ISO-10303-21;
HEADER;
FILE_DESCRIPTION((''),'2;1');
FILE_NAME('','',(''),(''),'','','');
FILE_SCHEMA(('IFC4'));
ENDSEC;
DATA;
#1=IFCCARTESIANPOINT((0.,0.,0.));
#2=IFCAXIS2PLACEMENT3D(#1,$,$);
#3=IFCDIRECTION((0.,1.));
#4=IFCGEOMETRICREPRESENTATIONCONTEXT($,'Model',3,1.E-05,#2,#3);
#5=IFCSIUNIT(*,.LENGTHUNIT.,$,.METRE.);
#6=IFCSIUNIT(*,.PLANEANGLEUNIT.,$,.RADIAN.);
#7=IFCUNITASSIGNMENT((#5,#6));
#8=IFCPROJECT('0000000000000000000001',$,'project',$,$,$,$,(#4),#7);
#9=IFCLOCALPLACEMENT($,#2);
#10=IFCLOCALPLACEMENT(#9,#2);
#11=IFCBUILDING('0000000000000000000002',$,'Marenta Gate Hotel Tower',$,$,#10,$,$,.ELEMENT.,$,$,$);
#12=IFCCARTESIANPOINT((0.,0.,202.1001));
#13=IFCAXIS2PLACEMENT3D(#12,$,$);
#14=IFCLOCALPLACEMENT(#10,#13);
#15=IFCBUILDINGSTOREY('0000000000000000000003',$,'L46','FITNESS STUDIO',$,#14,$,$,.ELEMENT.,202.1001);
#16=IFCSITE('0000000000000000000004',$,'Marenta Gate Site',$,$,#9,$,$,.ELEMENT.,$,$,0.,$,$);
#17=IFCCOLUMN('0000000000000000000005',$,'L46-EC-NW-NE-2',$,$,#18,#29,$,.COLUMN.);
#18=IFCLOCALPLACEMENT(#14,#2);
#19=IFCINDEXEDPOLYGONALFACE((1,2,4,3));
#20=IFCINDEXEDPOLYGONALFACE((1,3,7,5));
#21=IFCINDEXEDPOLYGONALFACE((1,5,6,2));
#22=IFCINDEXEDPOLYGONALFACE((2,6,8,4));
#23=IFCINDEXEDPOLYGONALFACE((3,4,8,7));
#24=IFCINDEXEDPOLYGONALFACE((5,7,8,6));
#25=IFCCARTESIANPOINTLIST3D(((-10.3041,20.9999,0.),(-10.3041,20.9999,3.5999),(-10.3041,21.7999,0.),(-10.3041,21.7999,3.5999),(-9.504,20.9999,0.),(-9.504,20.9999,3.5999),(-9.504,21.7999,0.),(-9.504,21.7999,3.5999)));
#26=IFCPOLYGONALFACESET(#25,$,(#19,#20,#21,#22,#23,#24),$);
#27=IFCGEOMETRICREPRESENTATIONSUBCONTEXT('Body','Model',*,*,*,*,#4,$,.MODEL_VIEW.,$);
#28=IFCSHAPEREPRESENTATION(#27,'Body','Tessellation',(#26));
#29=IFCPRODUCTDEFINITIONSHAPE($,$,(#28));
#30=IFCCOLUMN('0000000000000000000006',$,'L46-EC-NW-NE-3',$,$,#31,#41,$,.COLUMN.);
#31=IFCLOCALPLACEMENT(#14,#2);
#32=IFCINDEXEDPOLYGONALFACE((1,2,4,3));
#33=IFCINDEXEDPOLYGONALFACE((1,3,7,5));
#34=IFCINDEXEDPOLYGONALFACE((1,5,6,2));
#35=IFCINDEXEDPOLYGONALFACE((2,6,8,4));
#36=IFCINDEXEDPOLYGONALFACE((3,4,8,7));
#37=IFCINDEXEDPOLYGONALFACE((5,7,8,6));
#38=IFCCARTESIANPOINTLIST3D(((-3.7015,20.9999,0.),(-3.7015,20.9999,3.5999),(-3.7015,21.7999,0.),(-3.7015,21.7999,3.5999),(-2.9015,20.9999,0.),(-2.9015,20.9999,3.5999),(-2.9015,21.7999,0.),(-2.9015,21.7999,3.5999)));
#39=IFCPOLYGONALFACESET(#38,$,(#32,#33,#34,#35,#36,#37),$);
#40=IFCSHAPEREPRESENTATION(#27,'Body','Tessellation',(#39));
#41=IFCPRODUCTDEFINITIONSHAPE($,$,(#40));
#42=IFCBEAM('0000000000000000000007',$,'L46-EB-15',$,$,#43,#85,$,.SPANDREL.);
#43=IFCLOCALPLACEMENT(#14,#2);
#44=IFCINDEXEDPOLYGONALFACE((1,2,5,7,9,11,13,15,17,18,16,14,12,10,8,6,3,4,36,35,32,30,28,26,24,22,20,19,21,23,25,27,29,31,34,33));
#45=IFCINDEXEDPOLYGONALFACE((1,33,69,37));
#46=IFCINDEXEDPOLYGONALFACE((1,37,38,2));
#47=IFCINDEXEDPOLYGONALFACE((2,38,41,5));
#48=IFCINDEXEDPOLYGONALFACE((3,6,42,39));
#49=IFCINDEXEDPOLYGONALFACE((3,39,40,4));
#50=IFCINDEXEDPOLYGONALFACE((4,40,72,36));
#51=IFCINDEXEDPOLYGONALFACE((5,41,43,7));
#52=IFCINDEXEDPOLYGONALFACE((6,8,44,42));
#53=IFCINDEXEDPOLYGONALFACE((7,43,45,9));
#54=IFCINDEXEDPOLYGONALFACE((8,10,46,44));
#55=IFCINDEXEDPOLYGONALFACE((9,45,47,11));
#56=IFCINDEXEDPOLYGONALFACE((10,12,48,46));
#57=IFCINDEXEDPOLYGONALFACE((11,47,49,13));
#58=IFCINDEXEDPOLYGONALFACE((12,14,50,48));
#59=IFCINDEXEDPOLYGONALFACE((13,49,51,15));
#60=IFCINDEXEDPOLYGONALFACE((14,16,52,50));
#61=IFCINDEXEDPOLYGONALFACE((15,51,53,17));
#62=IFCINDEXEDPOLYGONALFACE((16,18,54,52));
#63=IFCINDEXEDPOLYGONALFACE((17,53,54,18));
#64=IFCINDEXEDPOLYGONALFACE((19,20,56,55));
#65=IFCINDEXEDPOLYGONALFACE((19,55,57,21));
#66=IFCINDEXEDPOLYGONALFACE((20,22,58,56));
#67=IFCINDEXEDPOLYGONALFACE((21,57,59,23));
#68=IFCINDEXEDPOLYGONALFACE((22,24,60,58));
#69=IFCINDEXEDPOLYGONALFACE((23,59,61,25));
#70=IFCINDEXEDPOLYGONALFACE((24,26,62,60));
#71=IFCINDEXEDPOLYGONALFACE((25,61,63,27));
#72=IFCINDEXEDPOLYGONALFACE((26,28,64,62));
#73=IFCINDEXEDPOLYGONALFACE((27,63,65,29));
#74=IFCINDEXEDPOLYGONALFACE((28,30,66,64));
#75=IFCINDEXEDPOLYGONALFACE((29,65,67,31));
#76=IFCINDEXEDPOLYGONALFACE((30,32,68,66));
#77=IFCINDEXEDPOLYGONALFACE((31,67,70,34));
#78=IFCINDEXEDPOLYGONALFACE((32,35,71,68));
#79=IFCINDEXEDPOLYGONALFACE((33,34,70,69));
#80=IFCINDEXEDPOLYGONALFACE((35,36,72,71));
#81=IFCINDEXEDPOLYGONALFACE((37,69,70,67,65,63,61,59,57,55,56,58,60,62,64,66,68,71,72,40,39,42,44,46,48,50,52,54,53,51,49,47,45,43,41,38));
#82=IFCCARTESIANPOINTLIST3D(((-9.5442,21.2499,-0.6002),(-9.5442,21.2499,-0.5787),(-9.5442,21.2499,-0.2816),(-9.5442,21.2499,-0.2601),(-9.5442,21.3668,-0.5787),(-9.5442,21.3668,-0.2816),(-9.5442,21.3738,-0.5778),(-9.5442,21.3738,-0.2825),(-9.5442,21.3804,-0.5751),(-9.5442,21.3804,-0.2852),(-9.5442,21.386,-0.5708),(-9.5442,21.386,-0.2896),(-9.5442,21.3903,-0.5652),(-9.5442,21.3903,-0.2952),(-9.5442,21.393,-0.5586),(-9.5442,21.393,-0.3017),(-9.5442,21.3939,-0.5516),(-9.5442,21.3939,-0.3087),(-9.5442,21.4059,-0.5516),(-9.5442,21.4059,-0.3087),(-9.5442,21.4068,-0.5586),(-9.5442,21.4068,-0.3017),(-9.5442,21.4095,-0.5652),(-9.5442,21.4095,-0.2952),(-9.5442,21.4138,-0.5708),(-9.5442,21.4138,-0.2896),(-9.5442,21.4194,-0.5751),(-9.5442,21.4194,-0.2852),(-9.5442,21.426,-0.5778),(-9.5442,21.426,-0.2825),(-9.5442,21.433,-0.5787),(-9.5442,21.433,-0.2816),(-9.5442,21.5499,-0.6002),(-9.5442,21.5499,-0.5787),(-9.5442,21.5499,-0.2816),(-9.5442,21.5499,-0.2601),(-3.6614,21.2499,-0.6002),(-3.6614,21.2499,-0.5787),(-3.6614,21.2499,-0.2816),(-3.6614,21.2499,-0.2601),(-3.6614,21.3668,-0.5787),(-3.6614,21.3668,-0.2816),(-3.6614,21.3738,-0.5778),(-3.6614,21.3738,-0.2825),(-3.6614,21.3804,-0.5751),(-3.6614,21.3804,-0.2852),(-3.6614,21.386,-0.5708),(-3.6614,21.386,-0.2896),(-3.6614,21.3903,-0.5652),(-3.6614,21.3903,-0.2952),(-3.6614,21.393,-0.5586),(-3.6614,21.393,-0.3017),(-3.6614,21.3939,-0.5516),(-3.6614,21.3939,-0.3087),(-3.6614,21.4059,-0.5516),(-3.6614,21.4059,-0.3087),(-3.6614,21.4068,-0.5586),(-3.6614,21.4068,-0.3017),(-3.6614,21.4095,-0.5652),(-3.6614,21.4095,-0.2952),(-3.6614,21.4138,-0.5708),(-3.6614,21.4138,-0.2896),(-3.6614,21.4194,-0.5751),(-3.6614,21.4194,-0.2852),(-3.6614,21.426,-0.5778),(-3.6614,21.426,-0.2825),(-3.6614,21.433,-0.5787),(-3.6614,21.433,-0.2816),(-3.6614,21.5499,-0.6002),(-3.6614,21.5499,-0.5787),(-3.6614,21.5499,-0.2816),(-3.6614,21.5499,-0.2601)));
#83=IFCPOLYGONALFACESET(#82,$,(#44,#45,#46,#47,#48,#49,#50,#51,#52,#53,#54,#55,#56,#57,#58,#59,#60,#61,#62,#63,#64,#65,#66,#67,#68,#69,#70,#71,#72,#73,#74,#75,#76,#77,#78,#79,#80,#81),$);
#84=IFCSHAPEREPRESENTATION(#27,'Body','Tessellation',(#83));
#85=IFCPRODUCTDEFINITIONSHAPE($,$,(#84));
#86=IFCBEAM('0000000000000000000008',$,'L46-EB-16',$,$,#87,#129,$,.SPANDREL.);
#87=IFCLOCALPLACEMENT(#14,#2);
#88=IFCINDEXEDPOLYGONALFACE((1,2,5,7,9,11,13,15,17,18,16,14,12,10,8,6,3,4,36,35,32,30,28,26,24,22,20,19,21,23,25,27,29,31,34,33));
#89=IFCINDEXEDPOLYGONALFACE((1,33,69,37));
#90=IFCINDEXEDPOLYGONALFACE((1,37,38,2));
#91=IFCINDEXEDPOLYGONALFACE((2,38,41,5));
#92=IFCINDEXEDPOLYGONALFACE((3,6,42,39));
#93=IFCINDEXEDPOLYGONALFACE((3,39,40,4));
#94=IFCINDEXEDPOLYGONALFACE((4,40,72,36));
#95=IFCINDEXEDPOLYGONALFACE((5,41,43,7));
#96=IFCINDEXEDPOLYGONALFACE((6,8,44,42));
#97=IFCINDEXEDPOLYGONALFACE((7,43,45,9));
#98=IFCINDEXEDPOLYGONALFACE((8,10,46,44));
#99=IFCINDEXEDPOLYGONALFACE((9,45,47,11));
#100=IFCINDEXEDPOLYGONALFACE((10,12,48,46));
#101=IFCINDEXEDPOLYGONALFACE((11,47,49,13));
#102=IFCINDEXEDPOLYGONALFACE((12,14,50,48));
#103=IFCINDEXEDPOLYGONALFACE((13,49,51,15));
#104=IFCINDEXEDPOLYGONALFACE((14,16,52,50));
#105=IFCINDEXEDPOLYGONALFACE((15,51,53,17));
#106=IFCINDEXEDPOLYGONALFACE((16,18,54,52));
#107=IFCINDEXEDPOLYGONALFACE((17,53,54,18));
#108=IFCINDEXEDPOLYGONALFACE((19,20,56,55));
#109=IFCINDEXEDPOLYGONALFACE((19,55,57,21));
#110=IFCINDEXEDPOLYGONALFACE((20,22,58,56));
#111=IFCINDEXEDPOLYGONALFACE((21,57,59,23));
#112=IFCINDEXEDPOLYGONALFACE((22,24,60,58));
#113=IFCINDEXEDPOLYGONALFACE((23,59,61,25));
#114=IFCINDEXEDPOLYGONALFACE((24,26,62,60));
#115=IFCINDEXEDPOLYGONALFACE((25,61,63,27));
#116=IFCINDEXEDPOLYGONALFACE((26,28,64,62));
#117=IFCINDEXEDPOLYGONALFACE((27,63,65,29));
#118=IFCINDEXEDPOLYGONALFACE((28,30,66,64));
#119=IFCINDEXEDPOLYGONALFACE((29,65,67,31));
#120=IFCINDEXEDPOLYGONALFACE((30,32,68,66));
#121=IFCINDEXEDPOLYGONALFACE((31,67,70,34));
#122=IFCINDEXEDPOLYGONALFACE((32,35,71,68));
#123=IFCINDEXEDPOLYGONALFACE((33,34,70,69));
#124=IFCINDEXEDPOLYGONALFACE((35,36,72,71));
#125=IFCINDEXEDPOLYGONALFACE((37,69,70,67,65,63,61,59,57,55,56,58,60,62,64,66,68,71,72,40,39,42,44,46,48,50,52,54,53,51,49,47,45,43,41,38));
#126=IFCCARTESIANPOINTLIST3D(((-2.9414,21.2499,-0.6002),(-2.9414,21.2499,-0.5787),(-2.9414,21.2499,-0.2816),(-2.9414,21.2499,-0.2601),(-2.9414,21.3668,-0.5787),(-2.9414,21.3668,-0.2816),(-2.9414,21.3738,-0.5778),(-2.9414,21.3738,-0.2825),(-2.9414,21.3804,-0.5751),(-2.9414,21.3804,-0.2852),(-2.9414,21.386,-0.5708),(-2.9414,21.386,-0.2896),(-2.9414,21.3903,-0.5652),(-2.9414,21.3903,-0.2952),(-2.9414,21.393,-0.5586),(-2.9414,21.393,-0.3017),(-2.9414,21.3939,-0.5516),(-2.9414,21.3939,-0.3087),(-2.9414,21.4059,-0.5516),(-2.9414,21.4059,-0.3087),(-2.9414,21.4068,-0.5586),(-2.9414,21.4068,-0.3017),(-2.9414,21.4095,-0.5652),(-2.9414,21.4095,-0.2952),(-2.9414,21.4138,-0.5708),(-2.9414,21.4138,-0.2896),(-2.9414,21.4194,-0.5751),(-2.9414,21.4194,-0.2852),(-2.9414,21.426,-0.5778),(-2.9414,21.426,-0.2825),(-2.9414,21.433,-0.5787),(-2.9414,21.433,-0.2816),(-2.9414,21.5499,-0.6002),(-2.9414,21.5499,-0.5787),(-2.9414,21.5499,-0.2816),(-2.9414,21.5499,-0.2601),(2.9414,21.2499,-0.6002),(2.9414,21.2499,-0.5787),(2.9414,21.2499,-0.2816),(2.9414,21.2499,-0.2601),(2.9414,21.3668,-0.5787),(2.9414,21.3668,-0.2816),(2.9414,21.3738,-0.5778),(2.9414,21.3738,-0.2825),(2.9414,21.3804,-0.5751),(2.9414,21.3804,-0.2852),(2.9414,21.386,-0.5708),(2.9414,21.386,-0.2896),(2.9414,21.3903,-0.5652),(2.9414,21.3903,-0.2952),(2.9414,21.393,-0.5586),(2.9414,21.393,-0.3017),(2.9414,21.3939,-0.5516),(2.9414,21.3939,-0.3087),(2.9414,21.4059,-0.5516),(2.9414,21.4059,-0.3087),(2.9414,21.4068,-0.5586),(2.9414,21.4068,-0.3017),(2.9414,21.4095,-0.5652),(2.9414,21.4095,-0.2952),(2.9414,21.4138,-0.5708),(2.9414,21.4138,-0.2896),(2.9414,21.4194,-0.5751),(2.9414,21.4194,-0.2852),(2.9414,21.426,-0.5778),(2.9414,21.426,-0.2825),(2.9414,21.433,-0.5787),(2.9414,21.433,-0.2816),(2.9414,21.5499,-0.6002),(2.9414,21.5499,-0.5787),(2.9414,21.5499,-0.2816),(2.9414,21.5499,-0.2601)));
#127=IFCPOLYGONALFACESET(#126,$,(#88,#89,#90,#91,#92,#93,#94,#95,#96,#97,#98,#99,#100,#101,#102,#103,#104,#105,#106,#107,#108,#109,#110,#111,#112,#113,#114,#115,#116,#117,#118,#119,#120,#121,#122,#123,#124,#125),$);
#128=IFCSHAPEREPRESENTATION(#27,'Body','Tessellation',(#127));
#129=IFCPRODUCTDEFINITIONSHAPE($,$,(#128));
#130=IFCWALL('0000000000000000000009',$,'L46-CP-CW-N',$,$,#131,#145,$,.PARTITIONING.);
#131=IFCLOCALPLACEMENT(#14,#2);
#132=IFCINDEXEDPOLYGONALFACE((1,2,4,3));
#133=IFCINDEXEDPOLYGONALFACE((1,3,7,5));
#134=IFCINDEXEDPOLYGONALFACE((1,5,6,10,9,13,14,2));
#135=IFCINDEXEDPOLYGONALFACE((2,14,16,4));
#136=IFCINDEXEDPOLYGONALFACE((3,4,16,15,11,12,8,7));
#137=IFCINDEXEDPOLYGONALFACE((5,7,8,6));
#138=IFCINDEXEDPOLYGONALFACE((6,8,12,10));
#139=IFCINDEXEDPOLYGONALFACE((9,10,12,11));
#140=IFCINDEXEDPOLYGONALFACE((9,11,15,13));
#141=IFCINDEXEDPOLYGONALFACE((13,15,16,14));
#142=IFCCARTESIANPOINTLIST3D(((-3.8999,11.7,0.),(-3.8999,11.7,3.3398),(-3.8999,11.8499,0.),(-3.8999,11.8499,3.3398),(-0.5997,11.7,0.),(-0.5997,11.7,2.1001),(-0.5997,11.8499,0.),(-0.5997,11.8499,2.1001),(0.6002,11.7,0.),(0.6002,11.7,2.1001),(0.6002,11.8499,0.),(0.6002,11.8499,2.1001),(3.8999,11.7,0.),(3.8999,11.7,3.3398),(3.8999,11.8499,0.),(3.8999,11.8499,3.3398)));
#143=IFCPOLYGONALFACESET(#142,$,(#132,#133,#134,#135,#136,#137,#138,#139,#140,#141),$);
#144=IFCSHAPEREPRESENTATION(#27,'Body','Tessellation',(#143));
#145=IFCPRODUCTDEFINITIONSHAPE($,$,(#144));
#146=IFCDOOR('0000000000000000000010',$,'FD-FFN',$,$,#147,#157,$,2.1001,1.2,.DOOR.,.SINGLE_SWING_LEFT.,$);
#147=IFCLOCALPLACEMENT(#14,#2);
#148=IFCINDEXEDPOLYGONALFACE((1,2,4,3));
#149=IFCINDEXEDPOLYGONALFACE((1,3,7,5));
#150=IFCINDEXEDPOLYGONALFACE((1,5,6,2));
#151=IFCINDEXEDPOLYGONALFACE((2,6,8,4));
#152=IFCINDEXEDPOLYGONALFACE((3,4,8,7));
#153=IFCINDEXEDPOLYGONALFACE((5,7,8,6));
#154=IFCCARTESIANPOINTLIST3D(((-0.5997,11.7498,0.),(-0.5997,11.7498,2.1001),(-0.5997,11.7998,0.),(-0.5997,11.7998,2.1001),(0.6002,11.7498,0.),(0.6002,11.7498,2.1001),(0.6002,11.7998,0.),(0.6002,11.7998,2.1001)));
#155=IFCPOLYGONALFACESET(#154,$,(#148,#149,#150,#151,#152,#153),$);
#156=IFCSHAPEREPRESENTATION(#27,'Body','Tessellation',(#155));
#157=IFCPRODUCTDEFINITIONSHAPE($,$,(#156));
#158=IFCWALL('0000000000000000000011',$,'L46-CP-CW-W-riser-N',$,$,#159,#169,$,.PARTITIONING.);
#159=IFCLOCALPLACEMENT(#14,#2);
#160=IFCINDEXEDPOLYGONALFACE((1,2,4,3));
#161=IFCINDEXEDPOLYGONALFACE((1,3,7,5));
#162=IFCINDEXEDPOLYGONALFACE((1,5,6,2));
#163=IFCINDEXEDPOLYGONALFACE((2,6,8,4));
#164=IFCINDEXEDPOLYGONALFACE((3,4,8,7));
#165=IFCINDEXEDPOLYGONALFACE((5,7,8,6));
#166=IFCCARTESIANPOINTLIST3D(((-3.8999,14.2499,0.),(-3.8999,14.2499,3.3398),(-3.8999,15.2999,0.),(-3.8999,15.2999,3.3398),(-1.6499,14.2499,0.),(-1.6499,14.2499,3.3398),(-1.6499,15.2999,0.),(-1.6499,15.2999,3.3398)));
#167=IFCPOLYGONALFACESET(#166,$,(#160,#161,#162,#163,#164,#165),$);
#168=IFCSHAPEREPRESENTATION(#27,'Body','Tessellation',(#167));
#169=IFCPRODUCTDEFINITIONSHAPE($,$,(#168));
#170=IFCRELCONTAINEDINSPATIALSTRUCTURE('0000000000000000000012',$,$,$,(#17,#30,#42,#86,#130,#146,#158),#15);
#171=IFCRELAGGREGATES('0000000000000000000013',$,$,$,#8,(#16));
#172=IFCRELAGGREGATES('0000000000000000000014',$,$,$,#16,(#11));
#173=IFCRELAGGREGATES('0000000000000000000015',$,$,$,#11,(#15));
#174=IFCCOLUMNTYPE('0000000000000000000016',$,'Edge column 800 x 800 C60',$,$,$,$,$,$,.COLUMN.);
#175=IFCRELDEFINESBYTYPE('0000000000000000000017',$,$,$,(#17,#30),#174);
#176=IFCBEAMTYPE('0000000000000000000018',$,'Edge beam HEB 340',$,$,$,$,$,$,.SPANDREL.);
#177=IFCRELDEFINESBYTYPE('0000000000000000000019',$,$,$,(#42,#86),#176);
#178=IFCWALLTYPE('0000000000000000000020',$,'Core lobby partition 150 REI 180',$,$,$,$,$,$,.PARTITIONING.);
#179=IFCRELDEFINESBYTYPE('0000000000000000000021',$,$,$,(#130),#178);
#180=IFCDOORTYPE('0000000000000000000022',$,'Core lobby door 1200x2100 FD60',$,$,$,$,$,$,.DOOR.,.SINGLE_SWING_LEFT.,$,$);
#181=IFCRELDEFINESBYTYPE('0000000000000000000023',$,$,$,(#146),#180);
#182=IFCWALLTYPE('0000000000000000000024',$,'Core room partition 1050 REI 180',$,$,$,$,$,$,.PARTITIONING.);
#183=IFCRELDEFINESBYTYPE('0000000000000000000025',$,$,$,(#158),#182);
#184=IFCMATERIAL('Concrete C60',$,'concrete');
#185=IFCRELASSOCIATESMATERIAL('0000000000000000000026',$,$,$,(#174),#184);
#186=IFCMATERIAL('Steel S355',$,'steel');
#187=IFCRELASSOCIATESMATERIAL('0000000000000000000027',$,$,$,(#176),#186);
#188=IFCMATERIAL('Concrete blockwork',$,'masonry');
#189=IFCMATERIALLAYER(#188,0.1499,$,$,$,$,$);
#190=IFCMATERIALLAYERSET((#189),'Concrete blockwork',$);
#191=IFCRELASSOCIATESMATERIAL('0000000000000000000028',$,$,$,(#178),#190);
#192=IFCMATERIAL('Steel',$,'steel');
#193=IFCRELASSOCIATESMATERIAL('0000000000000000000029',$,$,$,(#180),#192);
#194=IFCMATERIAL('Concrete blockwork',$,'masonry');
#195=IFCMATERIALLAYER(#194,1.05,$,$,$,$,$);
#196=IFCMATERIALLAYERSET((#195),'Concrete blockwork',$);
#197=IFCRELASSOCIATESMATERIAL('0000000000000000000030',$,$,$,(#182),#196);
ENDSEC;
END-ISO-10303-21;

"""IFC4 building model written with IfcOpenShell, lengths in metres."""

from ifc_helpers import new_model, si_unit, direction, frame, frame_2d, origin, origin_2d, place, context, subcontext, project, spatial, rectangle, i_section, extrude, material, layer, layer_set, material_profile, profile_set, type_object, element, fill, save


model = new_model("IFC4")

# Units and contexts
model_context = context("Model", 3, precision=1e-05, world=origin(), true_north=direction((0.0, 1.0)))
body_context = subcontext(model_context, "Body", "Model", "MODEL_VIEW")
ifc_project = project(units=[si_unit("LENGTHUNIT", "METRE"), si_unit("PLANEANGLEUNIT", "RADIAN")], contexts=[model_context])

# Site, building, storey
site_placement = place(None, origin())
site = spatial("IfcSite", under=ifc_project, at=site_placement, Name="Marenta Gate Site", CompositionType="ELEMENT", RefElevation=0.0)
building_placement = place(site_placement, origin())
building = spatial("IfcBuilding", under=site, at=building_placement, Name="Marenta Gate Hotel Tower", CompositionType="ELEMENT")
storey_placement = place(building_placement, frame((0.0, 0.0, 202.1001)))
storey = spatial("IfcBuildingStorey", under=building, at=storey_placement, Name="L46", Description="FITNESS STUDIO", CompositionType="ELEMENT", Elevation=202.1001)

# Columns
ifc_material_1 = material(Name="Concrete C60", Category="concrete")
ifc_material_profile_1 = material_profile(ifc_material_1, rectangle(XDim=0.8, YDim=0.8, at=origin_2d()), Name="800 x 800")
ifc_profile_set_1 = profile_set([ifc_material_profile_1], Name="Concrete C60")
column_type = type_object("IfcColumnType", Name="Edge column 800 x 800 C60", PredefinedType="COLUMN", material=ifc_profile_set_1)
for number, where, z_axis, x_axis, name in (
    (1, (-9.9041, 21.3999, 0.0), (0.0, 0.0, 1.0), (1.0, 0.0, 0.0), "L46-EC-NW-NE-2"),
    (2, (-3.3015, 21.3999, 0.0), (0.0, 0.0, 1.0), (1.0, 0.0, 0.0), "L46-EC-NW-NE-3"),
):
    element("IfcColumn", number, at=place(storey_placement, frame(where, z_axis=z_axis, x_axis=x_axis)), inside=storey, type_object=column_type, Name=name, PredefinedType="COLUMN", context=body_context, shape_type="SweptSolid", body=[
        extrude(rectangle(XDim=0.8, YDim=0.8, at=origin_2d()), origin(), (0.0, 0.0, 1.0), 3.5999),
    ])

# Beams
ifc_material_2 = material(Name="Steel S355", Category="steel")
ifc_material_profile_2 = material_profile(ifc_material_2, i_section(OverallWidth=0.3, OverallDepth=0.3401, WebThickness=0.012, FlangeThickness=0.0215, FilletRadius=0.0271, at=origin_2d()), Name="HEB 340")
ifc_profile_set_2 = profile_set([ifc_material_profile_2], Name="Steel S355")
beam_type = type_object("IfcBeamType", Name="Edge beam HEB 340", PredefinedType="SPANDREL", material=ifc_profile_set_2)
for number, where, z_axis, x_axis, name in (
    (3, (-9.5442, 21.3999, -0.4302), (1.0, 0.0, 0.0), (0.0, 1.0, 0.0), "L46-EB-15"),
    (4, (-2.9414, 21.3999, -0.4302), (1.0, 0.0, 0.0), (0.0, 1.0, 0.0), "L46-EB-16"),
):
    element("IfcBeam", number, at=place(storey_placement, frame(where, z_axis=z_axis, x_axis=x_axis)), inside=storey, type_object=beam_type, Name=name, PredefinedType="SPANDREL", context=body_context, shape_type="SweptSolid", body=[
        extrude(i_section(OverallWidth=0.3, OverallDepth=0.3401, WebThickness=0.012, FlangeThickness=0.0215, FilletRadius=0.0271, at=origin_2d()), origin(), (0.0, 0.0, 1.0), 5.8828),
    ])

# Wall, opening, door
ifc_material_3 = material(Name="Concrete blockwork", Category="masonry")
ifc_layer_1 = layer(ifc_material_3, 0.1499)
ifc_layer_set_1 = layer_set([ifc_layer_1], Name="Concrete blockwork")
wall_type_1 = type_object("IfcWallType", Name="Core lobby partition 150 REI 180", PredefinedType="PARTITIONING", material=ifc_layer_set_1)
wall_1_placement = place(storey_placement, frame((-3.8999, 11.7749, 0.0), z_axis=(0.0, 0.0, 1.0), x_axis=(1.0, 0.0, 0.0)))
wall_1 = element("IfcWall", 5, at=wall_1_placement, inside=storey, type_object=wall_type_1, Name="L46-CP-CW-N", PredefinedType="PARTITIONING", context=body_context, shape_type="SweptSolid", body=[
    extrude(rectangle(XDim=7.7998, YDim=0.1499, at=frame_2d((3.8999, 0.0))), origin(), (0.0, 0.0, 1.0), 3.3398),
])
opening_1_placement = place(wall_1_placement, frame((3.3, 0.0, 0.0)))
opening_1 = element("IfcOpeningElement", 6, at=opening_1_placement, cuts=wall_1, PredefinedType="OPENING", context=body_context, shape_type="SweptSolid", body=[
    extrude(rectangle(XDim=1.2, YDim=2.1001, at=frame_2d((0.6001, 1.05))), frame((0.0, 0.075, 0.0), z_axis=(0.0, -1.0, 0.0), x_axis=(1.0, 0.0, 0.0)), (0.0, 0.0, 1.0), 0.1499),
])
ifc_material_4 = material(Name="Steel", Category="steel")
door_type_1 = type_object("IfcDoorType", Name="Core lobby door 1200x2100 FD60", OperationType="SINGLE_SWING_LEFT", PredefinedType="DOOR", material=ifc_material_4)
door_1_placement = place(opening_1_placement, origin())
door_1 = element("IfcDoor", 7, at=door_1_placement, inside=storey, type_object=door_type_1, Name="FD-FFN", OperationType="SINGLE_SWING_LEFT", OverallHeight=2.1001, OverallWidth=1.2, PredefinedType="DOOR", context=body_context, shape_type="SweptSolid", body=[
    extrude(rectangle(XDim=1.2, YDim=2.1001, at=frame_2d((0.6001, 1.05))), frame((0.0, 0.0249, 0.0), z_axis=(0.0, -1.0, 0.0), x_axis=(1.0, 0.0, 0.0)), (0.0, 0.0, 1.0), 0.05),
])
fill(opening_1, door_1)

# Wall
ifc_material_5 = material(Name="Concrete blockwork", Category="masonry")
ifc_layer_2 = layer(ifc_material_5, 1.05)
ifc_layer_set_2 = layer_set([ifc_layer_2], Name="Concrete blockwork")
wall_type_2 = type_object("IfcWallType", Name="Core room partition 1050 REI 180", PredefinedType="PARTITIONING", material=ifc_layer_set_2)
wall_2_placement = place(storey_placement, frame((-3.8999, 14.7749, 0.0), z_axis=(0.0, 0.0, 1.0), x_axis=(1.0, 0.0, 0.0)))
element("IfcWall", 8, at=wall_2_placement, inside=storey, type_object=wall_type_2, Name="L46-CP-CW-W-riser-N", PredefinedType="PARTITIONING", context=body_context, shape_type="SweptSolid", body=[
    extrude(rectangle(XDim=2.25, YDim=1.05, at=frame_2d((1.125, 0.0))), origin(), (0.0, 0.0, 1.0), 3.3398),
])

save(model, "model.ifc")
